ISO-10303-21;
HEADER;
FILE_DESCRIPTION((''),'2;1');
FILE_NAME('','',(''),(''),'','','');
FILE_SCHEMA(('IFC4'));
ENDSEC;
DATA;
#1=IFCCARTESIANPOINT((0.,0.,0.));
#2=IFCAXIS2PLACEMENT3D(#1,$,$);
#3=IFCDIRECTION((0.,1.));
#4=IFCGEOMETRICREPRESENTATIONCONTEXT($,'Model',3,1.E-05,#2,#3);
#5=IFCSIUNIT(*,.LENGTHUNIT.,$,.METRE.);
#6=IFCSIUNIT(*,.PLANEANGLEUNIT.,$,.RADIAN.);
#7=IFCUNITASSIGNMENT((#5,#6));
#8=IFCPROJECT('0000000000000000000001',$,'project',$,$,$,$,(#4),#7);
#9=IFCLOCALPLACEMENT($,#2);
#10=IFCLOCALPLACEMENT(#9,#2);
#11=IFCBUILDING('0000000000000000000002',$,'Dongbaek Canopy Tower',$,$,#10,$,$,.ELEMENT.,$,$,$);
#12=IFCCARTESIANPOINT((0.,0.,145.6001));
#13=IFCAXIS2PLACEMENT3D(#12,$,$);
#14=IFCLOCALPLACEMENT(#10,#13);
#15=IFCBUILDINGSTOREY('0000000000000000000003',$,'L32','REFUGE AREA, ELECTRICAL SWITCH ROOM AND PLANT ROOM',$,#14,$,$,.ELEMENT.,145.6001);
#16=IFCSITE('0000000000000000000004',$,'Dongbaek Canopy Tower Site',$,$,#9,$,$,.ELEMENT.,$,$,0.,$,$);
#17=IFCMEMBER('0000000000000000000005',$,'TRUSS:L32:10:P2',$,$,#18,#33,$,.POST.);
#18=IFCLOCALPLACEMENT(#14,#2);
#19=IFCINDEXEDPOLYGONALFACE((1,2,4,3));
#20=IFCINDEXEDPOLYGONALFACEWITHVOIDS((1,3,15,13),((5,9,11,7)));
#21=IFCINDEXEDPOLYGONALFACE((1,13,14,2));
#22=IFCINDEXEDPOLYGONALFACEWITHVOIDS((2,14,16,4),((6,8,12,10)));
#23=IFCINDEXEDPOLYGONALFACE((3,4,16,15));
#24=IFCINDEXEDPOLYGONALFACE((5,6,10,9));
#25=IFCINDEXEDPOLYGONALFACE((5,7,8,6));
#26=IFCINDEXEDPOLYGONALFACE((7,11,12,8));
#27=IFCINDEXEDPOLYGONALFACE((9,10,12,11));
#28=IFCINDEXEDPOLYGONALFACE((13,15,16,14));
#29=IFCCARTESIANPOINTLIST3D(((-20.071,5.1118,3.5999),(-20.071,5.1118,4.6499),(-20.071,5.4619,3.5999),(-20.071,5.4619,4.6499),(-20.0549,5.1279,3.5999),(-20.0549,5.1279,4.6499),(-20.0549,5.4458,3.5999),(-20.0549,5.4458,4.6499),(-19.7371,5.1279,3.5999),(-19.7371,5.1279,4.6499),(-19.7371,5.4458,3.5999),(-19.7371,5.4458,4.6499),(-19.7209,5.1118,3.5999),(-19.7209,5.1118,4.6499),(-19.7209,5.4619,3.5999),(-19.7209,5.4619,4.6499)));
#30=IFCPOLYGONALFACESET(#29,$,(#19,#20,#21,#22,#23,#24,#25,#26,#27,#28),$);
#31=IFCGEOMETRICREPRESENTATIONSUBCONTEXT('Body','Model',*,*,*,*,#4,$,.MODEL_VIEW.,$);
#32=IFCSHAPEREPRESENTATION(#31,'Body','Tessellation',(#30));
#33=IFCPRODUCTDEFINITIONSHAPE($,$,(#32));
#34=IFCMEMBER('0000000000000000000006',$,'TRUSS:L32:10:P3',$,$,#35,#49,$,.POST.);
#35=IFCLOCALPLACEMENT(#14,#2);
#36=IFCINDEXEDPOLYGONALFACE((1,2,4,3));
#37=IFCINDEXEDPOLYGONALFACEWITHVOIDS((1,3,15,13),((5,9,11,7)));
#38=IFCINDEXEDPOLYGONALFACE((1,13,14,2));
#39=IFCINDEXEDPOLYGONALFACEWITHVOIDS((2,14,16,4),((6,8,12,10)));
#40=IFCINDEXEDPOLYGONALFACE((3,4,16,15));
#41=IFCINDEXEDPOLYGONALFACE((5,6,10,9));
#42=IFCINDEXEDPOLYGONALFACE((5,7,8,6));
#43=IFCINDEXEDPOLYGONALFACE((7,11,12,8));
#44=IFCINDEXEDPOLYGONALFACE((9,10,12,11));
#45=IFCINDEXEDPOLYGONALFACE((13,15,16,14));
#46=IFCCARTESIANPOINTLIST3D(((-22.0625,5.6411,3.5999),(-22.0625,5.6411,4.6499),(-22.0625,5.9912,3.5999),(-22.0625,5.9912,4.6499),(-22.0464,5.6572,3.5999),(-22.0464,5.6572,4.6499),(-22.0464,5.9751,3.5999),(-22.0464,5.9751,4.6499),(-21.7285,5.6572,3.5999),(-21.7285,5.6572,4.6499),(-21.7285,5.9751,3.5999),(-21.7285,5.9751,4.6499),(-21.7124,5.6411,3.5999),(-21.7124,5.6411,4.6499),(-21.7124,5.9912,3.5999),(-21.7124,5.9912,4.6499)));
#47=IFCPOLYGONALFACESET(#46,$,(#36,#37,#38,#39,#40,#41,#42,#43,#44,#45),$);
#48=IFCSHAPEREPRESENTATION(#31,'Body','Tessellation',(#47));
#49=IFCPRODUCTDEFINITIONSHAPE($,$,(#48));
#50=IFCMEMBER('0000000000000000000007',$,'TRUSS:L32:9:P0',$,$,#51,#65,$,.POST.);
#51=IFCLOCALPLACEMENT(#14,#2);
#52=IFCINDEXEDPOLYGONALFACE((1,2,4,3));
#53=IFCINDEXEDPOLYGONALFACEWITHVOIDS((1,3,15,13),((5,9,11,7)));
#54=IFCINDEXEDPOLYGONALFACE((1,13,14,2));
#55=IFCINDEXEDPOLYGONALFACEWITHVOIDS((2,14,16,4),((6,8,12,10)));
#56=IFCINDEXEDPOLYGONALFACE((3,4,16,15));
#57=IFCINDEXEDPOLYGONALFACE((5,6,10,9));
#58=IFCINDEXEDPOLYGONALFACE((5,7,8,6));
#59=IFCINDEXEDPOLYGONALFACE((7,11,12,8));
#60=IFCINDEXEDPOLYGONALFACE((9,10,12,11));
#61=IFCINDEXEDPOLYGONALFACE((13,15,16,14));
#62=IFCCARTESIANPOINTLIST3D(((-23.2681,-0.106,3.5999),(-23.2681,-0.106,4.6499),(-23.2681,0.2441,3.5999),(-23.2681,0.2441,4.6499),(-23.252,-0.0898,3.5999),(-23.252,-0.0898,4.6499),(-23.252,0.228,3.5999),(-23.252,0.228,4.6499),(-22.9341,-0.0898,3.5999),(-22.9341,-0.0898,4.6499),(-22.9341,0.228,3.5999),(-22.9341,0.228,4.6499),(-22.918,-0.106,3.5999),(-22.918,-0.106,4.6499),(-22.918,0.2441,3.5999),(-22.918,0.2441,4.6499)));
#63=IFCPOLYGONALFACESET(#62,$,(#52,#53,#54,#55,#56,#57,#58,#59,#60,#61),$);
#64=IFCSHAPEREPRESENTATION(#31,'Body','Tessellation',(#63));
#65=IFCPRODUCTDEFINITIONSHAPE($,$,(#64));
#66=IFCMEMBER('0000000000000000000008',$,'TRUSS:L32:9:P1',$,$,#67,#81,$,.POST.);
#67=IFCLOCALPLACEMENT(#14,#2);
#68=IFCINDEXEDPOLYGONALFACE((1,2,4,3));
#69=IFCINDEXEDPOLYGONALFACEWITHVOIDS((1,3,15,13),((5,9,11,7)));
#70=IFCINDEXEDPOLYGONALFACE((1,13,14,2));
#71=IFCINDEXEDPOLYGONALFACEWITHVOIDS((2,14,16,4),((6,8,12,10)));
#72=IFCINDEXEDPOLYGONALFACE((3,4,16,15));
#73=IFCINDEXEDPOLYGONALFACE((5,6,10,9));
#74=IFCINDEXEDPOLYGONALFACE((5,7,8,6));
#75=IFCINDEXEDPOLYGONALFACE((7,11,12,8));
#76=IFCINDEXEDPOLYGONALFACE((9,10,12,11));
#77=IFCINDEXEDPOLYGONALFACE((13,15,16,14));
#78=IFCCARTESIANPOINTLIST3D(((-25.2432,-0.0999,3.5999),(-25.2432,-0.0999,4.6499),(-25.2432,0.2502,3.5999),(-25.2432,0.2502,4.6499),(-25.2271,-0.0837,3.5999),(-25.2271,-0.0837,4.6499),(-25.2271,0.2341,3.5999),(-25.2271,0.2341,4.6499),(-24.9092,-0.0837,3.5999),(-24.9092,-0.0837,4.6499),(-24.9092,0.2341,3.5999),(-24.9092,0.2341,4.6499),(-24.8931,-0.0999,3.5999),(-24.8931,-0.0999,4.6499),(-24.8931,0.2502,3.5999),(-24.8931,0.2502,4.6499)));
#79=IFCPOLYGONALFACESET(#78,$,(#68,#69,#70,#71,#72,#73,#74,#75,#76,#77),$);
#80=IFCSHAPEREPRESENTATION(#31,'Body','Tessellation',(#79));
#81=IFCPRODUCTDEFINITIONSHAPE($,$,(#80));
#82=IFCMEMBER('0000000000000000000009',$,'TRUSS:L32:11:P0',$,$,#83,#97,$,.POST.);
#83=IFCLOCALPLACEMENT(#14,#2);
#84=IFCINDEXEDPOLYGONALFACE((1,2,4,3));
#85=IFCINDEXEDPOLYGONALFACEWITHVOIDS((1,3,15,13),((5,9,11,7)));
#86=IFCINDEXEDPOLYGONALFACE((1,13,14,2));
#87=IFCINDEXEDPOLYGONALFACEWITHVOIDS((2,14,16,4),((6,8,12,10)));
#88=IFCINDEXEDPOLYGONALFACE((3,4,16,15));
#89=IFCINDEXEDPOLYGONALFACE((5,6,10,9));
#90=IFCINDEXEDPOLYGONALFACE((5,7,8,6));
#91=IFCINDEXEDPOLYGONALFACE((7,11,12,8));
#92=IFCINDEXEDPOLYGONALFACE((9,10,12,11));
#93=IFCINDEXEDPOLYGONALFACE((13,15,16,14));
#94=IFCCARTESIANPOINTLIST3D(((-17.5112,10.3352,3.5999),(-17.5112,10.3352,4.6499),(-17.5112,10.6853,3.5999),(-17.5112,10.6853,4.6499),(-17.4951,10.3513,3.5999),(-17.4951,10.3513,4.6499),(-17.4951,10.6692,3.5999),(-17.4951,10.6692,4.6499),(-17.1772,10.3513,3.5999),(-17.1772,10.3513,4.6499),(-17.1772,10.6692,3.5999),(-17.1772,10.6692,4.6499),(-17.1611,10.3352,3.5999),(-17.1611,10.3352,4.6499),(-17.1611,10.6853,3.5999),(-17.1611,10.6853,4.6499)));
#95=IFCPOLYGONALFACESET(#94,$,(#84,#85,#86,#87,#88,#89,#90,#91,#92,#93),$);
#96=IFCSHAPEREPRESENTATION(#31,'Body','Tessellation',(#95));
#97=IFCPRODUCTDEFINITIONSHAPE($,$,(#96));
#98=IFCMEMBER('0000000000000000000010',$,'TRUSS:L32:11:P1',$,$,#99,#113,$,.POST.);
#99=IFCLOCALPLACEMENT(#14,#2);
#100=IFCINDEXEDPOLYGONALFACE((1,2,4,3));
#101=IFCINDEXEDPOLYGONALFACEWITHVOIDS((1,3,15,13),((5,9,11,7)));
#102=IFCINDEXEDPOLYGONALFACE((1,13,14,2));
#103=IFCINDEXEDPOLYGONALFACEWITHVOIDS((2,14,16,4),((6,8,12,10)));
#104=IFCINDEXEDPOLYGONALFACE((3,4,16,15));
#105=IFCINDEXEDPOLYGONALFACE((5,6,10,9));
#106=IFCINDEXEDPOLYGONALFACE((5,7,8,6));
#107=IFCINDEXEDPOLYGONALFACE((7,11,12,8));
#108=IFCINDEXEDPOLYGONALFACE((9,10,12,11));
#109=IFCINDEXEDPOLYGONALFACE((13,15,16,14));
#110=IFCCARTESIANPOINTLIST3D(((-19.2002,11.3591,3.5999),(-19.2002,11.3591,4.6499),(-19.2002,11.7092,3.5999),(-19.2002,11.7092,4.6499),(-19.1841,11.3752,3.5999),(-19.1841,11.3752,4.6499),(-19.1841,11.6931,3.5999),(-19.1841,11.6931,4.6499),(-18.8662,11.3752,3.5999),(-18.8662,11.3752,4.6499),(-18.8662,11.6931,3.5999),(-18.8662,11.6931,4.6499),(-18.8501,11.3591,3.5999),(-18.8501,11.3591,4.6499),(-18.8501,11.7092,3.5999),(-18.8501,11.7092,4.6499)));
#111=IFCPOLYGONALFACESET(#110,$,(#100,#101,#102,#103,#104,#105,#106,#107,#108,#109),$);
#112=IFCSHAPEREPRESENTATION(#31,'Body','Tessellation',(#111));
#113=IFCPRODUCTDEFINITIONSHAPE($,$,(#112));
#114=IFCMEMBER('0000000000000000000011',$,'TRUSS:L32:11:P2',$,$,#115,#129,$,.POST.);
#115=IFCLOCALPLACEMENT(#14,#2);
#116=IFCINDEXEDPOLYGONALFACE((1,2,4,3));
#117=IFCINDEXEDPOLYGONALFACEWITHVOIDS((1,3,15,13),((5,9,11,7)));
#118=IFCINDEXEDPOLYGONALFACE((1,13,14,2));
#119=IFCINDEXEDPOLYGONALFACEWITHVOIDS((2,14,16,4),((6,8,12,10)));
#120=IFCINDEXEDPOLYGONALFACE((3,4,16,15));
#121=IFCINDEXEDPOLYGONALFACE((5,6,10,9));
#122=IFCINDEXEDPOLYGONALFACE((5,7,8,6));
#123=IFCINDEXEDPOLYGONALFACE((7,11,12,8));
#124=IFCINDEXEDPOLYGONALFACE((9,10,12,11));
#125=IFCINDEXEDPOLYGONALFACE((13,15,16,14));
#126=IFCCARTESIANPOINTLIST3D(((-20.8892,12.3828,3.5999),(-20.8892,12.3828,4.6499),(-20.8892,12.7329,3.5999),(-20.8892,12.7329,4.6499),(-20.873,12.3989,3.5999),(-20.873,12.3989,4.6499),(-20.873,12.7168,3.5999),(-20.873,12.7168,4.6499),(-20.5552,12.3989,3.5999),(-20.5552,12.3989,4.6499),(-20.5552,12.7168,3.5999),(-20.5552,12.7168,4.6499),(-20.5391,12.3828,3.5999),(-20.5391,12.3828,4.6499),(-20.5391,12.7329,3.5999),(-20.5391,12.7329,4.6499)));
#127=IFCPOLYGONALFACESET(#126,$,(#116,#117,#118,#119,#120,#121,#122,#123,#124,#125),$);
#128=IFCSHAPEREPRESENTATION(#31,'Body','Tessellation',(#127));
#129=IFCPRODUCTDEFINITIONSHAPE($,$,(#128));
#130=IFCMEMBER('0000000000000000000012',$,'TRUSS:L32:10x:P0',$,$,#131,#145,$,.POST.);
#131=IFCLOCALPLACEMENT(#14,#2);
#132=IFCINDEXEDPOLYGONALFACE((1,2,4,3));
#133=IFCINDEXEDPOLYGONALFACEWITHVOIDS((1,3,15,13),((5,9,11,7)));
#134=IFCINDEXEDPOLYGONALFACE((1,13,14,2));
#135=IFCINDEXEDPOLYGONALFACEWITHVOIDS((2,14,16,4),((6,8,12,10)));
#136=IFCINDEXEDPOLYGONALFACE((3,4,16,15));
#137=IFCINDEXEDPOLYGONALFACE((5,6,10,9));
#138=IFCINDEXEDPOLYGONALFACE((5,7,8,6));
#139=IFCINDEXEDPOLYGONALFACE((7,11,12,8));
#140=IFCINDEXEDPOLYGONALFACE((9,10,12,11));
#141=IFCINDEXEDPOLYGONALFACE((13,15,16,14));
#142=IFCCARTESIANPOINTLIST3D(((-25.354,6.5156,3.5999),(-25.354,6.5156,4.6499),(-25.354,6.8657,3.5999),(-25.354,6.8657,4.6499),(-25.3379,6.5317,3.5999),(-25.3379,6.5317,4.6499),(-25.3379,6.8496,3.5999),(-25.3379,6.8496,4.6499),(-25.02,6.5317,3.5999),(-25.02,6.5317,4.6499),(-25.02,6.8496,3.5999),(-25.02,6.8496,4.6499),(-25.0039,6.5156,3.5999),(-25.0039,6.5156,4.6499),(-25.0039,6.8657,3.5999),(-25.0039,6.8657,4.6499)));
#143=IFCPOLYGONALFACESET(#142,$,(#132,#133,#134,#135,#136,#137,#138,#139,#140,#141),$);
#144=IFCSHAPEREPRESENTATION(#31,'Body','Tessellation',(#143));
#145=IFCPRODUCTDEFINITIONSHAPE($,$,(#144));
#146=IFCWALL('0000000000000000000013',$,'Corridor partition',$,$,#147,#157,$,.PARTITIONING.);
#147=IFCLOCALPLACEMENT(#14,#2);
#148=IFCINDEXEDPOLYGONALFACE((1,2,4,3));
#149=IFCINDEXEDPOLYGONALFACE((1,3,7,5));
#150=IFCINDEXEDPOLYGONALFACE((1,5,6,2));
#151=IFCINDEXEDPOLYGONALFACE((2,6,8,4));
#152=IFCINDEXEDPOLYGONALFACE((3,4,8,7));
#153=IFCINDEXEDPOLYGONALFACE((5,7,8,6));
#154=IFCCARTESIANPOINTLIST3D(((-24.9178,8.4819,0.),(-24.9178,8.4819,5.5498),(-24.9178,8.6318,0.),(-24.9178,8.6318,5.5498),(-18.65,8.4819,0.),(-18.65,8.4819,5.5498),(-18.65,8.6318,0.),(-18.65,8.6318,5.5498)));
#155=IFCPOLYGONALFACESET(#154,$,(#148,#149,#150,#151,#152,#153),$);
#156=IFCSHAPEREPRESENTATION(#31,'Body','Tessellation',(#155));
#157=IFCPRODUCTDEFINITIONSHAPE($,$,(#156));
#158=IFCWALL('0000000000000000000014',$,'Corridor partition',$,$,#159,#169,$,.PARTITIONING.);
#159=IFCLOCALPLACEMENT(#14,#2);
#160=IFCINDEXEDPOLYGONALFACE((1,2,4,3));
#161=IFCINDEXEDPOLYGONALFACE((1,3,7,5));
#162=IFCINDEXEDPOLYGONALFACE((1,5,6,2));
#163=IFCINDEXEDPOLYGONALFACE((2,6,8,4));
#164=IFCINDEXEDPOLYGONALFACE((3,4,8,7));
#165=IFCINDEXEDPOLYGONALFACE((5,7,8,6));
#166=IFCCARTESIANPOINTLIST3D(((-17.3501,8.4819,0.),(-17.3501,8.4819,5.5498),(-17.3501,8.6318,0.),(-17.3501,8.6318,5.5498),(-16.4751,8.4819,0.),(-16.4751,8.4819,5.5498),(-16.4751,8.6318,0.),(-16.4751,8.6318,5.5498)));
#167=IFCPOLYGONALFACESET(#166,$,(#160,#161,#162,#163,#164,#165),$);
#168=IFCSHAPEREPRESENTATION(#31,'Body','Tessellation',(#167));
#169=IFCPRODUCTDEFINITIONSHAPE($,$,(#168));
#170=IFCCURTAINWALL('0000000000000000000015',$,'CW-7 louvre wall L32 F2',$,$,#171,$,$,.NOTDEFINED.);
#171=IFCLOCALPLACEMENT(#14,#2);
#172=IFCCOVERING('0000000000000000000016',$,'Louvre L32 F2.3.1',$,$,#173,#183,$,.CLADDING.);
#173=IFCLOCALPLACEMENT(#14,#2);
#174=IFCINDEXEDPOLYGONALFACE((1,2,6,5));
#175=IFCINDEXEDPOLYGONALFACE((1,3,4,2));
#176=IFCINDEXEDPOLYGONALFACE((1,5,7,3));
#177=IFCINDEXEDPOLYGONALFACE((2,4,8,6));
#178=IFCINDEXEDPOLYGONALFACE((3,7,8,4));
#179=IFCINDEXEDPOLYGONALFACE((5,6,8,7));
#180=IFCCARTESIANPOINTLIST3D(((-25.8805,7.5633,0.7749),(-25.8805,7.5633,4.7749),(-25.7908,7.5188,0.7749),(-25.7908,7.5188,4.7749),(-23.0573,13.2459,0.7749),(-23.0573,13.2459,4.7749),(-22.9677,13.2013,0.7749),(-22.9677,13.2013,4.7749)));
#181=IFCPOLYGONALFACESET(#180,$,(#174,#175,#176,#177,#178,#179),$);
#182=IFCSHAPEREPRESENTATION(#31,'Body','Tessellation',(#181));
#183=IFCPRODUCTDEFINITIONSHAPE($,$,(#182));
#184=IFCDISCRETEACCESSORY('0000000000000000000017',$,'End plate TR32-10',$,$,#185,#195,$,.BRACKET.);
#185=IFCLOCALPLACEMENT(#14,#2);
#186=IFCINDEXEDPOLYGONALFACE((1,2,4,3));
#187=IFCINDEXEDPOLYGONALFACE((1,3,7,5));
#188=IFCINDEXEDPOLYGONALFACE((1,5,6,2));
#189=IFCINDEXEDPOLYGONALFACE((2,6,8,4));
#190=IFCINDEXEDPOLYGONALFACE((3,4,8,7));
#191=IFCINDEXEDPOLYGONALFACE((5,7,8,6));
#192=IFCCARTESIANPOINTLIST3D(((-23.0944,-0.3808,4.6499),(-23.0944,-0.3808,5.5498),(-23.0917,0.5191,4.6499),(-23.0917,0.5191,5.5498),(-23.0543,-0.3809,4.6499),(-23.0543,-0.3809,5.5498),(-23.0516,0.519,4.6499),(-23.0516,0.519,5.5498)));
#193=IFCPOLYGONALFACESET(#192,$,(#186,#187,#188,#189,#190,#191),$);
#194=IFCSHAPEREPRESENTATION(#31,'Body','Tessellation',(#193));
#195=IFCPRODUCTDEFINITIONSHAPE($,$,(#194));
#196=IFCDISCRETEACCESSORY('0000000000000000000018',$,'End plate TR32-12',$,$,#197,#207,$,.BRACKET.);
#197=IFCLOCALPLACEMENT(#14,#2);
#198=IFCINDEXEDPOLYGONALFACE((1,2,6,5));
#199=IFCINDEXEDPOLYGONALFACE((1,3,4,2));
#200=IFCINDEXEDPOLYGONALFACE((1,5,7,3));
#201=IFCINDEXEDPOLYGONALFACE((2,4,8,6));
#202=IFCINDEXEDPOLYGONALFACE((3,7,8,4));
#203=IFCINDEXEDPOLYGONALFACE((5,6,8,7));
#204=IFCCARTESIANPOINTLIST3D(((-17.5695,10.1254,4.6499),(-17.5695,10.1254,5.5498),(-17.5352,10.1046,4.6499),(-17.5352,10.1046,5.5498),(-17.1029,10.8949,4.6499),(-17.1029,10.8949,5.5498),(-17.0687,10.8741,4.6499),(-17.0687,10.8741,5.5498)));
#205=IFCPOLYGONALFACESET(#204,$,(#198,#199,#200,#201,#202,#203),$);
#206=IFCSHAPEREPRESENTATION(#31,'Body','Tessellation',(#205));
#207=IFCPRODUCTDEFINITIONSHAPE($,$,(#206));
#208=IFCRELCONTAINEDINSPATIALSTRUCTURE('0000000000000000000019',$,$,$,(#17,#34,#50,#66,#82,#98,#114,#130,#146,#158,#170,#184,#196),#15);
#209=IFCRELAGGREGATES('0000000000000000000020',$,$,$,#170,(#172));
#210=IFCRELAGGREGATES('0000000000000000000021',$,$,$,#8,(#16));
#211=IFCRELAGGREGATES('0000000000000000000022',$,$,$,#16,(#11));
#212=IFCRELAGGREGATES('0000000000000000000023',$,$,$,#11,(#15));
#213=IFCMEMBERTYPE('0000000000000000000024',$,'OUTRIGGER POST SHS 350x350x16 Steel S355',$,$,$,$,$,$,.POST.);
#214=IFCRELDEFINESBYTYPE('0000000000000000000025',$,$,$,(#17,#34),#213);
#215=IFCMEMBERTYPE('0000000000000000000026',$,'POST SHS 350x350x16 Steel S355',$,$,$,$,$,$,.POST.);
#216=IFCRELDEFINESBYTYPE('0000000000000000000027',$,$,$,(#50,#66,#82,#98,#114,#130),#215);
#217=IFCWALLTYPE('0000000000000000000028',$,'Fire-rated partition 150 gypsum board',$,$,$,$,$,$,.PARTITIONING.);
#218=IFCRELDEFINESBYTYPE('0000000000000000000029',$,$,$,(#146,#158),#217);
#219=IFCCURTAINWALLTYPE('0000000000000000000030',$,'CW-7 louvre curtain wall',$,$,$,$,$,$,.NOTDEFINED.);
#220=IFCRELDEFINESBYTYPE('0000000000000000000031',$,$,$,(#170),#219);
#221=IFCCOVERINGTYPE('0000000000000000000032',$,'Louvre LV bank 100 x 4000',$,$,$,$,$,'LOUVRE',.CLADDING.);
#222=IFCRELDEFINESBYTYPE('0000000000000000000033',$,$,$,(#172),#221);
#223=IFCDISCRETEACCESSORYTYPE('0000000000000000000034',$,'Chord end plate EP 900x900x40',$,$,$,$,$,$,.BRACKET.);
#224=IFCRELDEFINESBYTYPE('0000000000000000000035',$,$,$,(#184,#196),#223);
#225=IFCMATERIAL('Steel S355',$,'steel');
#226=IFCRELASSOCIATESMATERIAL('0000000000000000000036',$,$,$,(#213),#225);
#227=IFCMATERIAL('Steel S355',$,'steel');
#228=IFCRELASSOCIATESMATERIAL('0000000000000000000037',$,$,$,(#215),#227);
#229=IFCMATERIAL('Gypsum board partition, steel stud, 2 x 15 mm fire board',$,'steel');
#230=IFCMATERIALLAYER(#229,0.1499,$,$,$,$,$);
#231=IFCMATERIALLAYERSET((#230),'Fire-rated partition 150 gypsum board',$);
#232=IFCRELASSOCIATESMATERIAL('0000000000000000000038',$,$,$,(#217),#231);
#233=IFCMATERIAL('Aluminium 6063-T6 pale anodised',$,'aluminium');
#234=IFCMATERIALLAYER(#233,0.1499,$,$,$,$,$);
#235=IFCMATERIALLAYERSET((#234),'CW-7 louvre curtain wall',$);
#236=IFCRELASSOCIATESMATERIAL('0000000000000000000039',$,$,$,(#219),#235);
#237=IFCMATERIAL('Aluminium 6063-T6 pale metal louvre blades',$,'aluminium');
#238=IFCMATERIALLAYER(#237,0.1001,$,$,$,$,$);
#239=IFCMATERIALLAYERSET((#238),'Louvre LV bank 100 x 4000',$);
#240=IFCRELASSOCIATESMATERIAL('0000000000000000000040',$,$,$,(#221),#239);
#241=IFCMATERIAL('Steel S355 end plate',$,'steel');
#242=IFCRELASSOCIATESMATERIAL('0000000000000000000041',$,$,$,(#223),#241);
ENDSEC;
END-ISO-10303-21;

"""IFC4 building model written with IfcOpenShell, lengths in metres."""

from ifc_helpers import new_model, si_unit, direction, frame, frame_2d, origin, origin_2d, place, context, subcontext, project, spatial, rectangle, hollow_rectangle, extrude, material, layer, layer_set, material_profile, profile_set, type_object, element, aggregate, save


model = new_model("IFC4")

# Units and contexts
model_context = context("Model", 3, precision=1e-05, world=origin(), true_north=direction((0.0, 1.0)))
body_context = subcontext(model_context, "Body", "Model", "MODEL_VIEW")
ifc_project = project(units=[si_unit("LENGTHUNIT", "METRE"), si_unit("PLANEANGLEUNIT", "RADIAN")], contexts=[model_context])

# Site, building, storey
site_placement = place(None, origin())
site = spatial("IfcSite", under=ifc_project, at=site_placement, Name="Dongbaek Canopy Tower Site", CompositionType="ELEMENT", RefElevation=0.0)
building_placement = place(site_placement, origin())
building = spatial("IfcBuilding", under=site, at=building_placement, Name="Dongbaek Canopy Tower", CompositionType="ELEMENT")
storey_placement = place(building_placement, frame((0.0, 0.0, 145.6001)))
storey = spatial("IfcBuildingStorey", under=building, at=storey_placement, Name="L32", Description="REFUGE AREA, ELECTRICAL SWITCH ROOM AND PLANT ROOM", CompositionType="ELEMENT", Elevation=145.6001)

# Members
ifc_material_1 = material(Name="Steel S355", Category="steel")
ifc_material_profile_1 = material_profile(ifc_material_1, hollow_rectangle(XDim=0.3501, YDim=0.3501, WallThickness=0.0161, at=origin_2d()), Name="OUTRIGGER POST SHS 350x350x16 Steel S355")
ifc_profile_set_1 = profile_set([ifc_material_profile_1], Name="Steel S355")
member_type_1 = type_object("IfcMemberType", Name="OUTRIGGER POST SHS 350x350x16 Steel S355", PredefinedType="POST", material=ifc_profile_set_1)
for number, where, z_axis, x_axis, name in (
    (1, (-19.896, 5.2869, 3.5999), (0.0, 0.0, 1.0), (1.0, 0.0, 0.0), "TRUSS:L32:10:P2"),
    (2, (-21.8875, 5.8162, 3.5999), (0.0, 0.0, 1.0), (1.0, 0.0, 0.0), "TRUSS:L32:10:P3"),
):
    element("IfcMember", number, at=place(storey_placement, frame(where, z_axis=z_axis, x_axis=x_axis)), inside=storey, type_object=member_type_1, Name=name, PredefinedType="POST", context=body_context, shape_type="SweptSolid", body=[
        extrude(hollow_rectangle(XDim=0.3501, YDim=0.3501, WallThickness=0.0161, at=origin_2d()), origin(), (0.0, 0.0, 1.0), 1.05),
    ])
ifc_material_2 = material(Name="Steel S355", Category="steel")
ifc_material_profile_2 = material_profile(ifc_material_2, hollow_rectangle(XDim=0.3501, YDim=0.3501, WallThickness=0.0161, at=origin_2d()), Name="POST SHS 350x350x16 Steel S355")
ifc_profile_set_2 = profile_set([ifc_material_profile_2], Name="Steel S355")
member_type_2 = type_object("IfcMemberType", Name="POST SHS 350x350x16 Steel S355", PredefinedType="POST", material=ifc_profile_set_2)
for number, where, z_axis, x_axis, name in (
    (3, (-23.093, 0.0691, 3.5999), (0.0, 0.0, 1.0), (1.0, 0.0, 0.0), "TRUSS:L32:9:P0"),
    (4, (-25.0681, 0.0752, 3.5999), (0.0, 0.0, 1.0), (1.0, 0.0, 0.0), "TRUSS:L32:9:P1"),
    (5, (-17.3362, 10.5103, 3.5999), (0.0, 0.0, 1.0), (1.0, 0.0, 0.0), "TRUSS:L32:11:P0"),
    (6, (-19.0251, 11.5342, 3.5999), (0.0, 0.0, 1.0), (1.0, 0.0, 0.0), "TRUSS:L32:11:P1"),
    (7, (-20.7141, 12.5579, 3.5999), (0.0, 0.0, 1.0), (1.0, 0.0, 0.0), "TRUSS:L32:11:P2"),
    (8, (-25.179, 6.6907, 3.5999), (0.0, 0.0, 1.0), (1.0, 0.0, 0.0), "TRUSS:L32:10x:P0"),
):
    element("IfcMember", number, at=place(storey_placement, frame(where, z_axis=z_axis, x_axis=x_axis)), inside=storey, type_object=member_type_2, Name=name, PredefinedType="POST", context=body_context, shape_type="SweptSolid", body=[
        extrude(hollow_rectangle(XDim=0.3501, YDim=0.3501, WallThickness=0.0161, at=origin_2d()), origin(), (0.0, 0.0, 1.0), 1.05),
    ])

# Walls
ifc_material_3 = material(Name="Gypsum board partition, steel stud, 2 x 15 mm fire board", Category="steel")
ifc_layer_1 = layer(ifc_material_3, 0.1499)
ifc_layer_set_1 = layer_set([ifc_layer_1], Name="Fire-rated partition 150 gypsum board")
wall_type = type_object("IfcWallType", Name="Fire-rated partition 150 gypsum board", PredefinedType="PARTITIONING", material=ifc_layer_set_1)
wall_1_placement = place(storey_placement, frame((-24.9177, 8.5569, 0.0), z_axis=(0.0, 0.0, 1.0), x_axis=(1.0, 0.0, 0.0)))
element("IfcWall", 9, at=wall_1_placement, inside=storey, type_object=wall_type, Name="Corridor partition", PredefinedType="PARTITIONING", context=body_context, shape_type="SweptSolid", body=[
    extrude(rectangle(XDim=6.2678, YDim=0.1499, at=frame_2d((3.1338, 0.0))), origin(), (0.0, 0.0, 1.0), 5.5498),
])
wall_2_placement = place(storey_placement, frame((-17.3501, 8.5569, 0.0), z_axis=(0.0, 0.0, 1.0), x_axis=(1.0, 0.0, 0.0)))
element("IfcWall", 10, at=wall_2_placement, inside=storey, type_object=wall_type, Name="Corridor partition", PredefinedType="PARTITIONING", context=body_context, shape_type="SweptSolid", body=[
    extrude(rectangle(XDim=0.875, YDim=0.1499, at=frame_2d((0.4375, 0.0))), origin(), (0.0, 0.0, 1.0), 5.5498),
])

# Curtain wall, covering
ifc_material_4 = material(Name="Aluminium 6063-T6 pale anodised", Category="aluminium")
ifc_layer_2 = layer(ifc_material_4, 0.1499)
ifc_layer_set_2 = layer_set([ifc_layer_2], Name="CW-7 louvre curtain wall")
curtain_wall_type = type_object("IfcCurtainWallType", Name="CW-7 louvre curtain wall", PredefinedType="NOTDEFINED", material=ifc_layer_set_2)
curtain_wall_placement = place(storey_placement, origin())
curtain_wall = element("IfcCurtainWall", 11, at=curtain_wall_placement, inside=storey, type_object=curtain_wall_type, Name="CW-7 louvre wall L32 F2", PredefinedType="NOTDEFINED")
ifc_material_5 = material(Name="Aluminium 6063-T6 pale metal louvre blades", Category="aluminium")
ifc_layer_3 = layer(ifc_material_5, 0.1001)
ifc_layer_set_3 = layer_set([ifc_layer_3], Name="Louvre LV bank 100 x 4000")
covering_type = type_object("IfcCoveringType", Name="Louvre LV bank 100 x 4000", ElementType="LOUVRE", PredefinedType="CLADDING", material=ifc_layer_set_3)
covering_placement = place(storey_placement, frame((-24.4241, 10.3823, 0.7749), z_axis=(0.0, 0.0, 1.0), x_axis=(-0.444929, -0.895566, 0.0)))
covering = element("IfcCovering", 12, at=covering_placement, type_object=covering_type, Name="Louvre L32 F2.3.1", PredefinedType="CLADDING", context=body_context, shape_type="SweptSolid", body=[
    extrude(rectangle(XDim=6.3452, YDim=0.1001, at=origin_2d()), origin(), (0.0, 0.0, 1.0), 4.0),
])

# Discrete accessories
ifc_material_6 = material(Name="Steel S355 end plate", Category="steel")
discrete_accessory_type_1 = type_object("IfcDiscreteAccessoryType", Name="Chord end plate EP 900x900x40", PredefinedType="BRACKET", material=ifc_material_6)
for number, where, z_axis, x_axis, name in (
    (13, (-23.073, 0.0691, 4.6499), (0.0, 0.0, 1.0), (-0.999996, 0.002997, 0.0), "End plate TR32-10"),
    (14, (-17.3191, 10.4998, 4.6499), (0.0, 0.0, 1.0), (-0.855125, 0.518423, 0.0), "End plate TR32-12"),
):
    element("IfcDiscreteAccessory", number, at=place(storey_placement, frame(where, z_axis=z_axis, x_axis=x_axis)), inside=storey, type_object=discrete_accessory_type_1, Name=name, PredefinedType="BRACKET", context=body_context, shape_type="SweptSolid", body=[
        extrude(rectangle(XDim=0.04, YDim=0.8999, at=origin_2d()), origin(), (0.0, 0.0, 1.0), 0.8999),
    ])

aggregate(curtain_wall, [covering])

save(model, "model.ifc")
